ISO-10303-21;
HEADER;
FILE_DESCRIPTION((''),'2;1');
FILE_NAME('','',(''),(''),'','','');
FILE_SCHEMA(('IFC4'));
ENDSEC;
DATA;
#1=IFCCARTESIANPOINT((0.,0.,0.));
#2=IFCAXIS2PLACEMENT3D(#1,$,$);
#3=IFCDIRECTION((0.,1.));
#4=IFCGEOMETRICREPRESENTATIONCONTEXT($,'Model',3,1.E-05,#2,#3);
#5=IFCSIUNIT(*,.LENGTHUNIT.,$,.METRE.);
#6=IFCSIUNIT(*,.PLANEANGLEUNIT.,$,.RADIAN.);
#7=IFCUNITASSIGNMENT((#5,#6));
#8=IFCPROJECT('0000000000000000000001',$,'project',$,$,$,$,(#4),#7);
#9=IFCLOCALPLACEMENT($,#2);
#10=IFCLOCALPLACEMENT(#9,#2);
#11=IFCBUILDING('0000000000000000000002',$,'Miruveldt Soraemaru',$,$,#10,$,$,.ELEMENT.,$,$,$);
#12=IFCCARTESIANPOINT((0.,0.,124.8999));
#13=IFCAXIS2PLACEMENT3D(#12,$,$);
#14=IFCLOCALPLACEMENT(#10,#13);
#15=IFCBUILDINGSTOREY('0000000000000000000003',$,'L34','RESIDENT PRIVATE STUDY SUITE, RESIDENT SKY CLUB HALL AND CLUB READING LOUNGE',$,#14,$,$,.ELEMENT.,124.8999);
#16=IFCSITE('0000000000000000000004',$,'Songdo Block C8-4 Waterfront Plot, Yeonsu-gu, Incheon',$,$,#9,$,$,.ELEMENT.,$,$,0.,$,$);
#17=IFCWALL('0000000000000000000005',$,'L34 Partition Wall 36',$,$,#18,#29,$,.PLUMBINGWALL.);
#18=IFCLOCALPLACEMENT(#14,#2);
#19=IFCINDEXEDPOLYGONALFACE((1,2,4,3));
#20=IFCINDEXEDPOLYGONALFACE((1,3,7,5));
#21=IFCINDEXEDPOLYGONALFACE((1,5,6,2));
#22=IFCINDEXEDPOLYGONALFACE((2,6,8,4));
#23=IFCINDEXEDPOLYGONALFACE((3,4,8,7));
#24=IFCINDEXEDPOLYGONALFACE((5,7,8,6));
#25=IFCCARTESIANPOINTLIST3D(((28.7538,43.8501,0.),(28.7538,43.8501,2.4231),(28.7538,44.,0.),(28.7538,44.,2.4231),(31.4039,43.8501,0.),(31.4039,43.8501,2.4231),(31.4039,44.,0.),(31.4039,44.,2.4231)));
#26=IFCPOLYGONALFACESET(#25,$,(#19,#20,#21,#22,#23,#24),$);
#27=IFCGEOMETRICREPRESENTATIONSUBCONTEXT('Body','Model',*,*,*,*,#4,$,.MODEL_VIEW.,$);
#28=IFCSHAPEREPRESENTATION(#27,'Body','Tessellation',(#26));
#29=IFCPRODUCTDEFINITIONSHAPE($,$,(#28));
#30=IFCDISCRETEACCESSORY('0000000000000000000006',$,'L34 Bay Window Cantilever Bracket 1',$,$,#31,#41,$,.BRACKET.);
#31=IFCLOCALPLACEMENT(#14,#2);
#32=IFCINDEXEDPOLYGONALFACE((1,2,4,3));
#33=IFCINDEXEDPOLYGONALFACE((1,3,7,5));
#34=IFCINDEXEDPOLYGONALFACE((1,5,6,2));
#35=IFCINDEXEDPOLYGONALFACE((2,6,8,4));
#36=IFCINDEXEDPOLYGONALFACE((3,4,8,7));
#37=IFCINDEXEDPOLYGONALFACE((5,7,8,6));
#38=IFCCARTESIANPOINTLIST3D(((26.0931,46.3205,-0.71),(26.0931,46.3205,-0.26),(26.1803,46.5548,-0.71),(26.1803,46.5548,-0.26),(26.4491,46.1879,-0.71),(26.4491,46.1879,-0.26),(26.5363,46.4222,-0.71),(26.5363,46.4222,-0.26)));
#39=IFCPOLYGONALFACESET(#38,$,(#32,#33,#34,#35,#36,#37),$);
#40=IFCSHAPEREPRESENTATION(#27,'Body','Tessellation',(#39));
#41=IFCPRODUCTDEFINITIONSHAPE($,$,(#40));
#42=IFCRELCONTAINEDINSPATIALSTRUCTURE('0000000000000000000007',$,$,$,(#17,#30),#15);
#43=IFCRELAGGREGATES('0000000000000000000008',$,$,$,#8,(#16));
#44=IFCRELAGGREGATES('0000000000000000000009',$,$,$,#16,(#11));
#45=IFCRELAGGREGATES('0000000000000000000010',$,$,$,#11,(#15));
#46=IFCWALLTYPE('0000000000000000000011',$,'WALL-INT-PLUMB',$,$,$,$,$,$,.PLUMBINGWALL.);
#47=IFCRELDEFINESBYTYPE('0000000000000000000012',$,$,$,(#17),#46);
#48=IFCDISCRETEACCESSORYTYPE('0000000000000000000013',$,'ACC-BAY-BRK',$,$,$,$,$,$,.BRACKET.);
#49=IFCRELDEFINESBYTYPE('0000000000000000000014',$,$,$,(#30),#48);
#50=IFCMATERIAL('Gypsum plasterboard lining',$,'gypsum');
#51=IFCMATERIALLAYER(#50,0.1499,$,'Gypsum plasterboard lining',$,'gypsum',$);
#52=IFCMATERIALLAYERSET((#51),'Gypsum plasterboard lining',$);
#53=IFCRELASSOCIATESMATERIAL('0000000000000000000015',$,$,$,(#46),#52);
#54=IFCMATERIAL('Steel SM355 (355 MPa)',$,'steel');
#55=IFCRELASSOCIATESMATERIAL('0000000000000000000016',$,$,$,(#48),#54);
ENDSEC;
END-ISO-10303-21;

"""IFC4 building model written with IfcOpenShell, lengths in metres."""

from ifc_helpers import new_model, si_unit, direction, frame, frame_2d, origin, origin_2d, place, context, subcontext, project, spatial, rectangle, extrude, material, layer, layer_set, type_object, element, save


model = new_model("IFC4")

# Units and contexts
model_context = context("Model", 3, precision=1e-05, world=origin(), true_north=direction((0.0, 1.0)))
body_context = subcontext(model_context, "Body", "Model", "MODEL_VIEW")
ifc_project = project(units=[si_unit("LENGTHUNIT", "METRE"), si_unit("PLANEANGLEUNIT", "RADIAN")], contexts=[model_context])

# Site, building, storey
site_placement = place(None, origin())
site = spatial("IfcSite", under=ifc_project, at=site_placement, Name="Songdo Block C8-4 Waterfront Plot, Yeonsu-gu, Incheon", CompositionType="ELEMENT", RefElevation=0.0)
building_placement = place(site_placement, origin())
building = spatial("IfcBuilding", under=site, at=building_placement, Name="Miruveldt Soraemaru", CompositionType="ELEMENT")
storey_placement = place(building_placement, frame((0.0, 0.0, 124.8999)))
storey = spatial("IfcBuildingStorey", under=building, at=storey_placement, Name="L34", Description="RESIDENT PRIVATE STUDY SUITE, RESIDENT SKY CLUB HALL AND CLUB READING LOUNGE", CompositionType="ELEMENT", Elevation=124.8999)

# Shared definitions
ifc_material_1 = material(Name="Steel SM355 (355 MPa)", Category="steel")

# Wall
ifc_material_2 = material(Name="Gypsum plasterboard lining", Category="gypsum")
ifc_layer_1 = layer(ifc_material_2, 0.1499, Name="Gypsum plasterboard lining", Category="gypsum")
ifc_layer_set_1 = layer_set([ifc_layer_1], Name="Gypsum plasterboard lining")
wall_type_1 = type_object("IfcWallType", Name="WALL-INT-PLUMB", PredefinedType="PLUMBINGWALL", material=ifc_layer_set_1)
wall_1_placement = place(storey_placement, frame((31.4041, 43.925, 0.0), z_axis=(0.0, 0.0, 1.0), x_axis=(-1.0, 0.0, 0.0)))
element("IfcWall", 1, at=wall_1_placement, inside=storey, type_object=wall_type_1, Name="L34 Partition Wall 36", PredefinedType="PLUMBINGWALL", context=body_context, shape_type="SweptSolid", body=[
    extrude(rectangle(XDim=2.6501, YDim=0.1499, at=frame_2d((1.3252, 0.0))), origin(), (0.0, 0.0, 1.0), 2.4231),
])

# Discrete accessory
discrete_accessory_type = type_object("IfcDiscreteAccessoryType", Name="ACC-BAY-BRK", PredefinedType="BRACKET", material=ifc_material_1)
discrete_accessory_placement = place(storey_placement, frame((26.3147, 46.3713, -0.71), z_axis=(0.0, 0.0, 1.0), x_axis=(-0.937112, 0.34903, 0.0)))
element("IfcDiscreteAccessory", 2, at=discrete_accessory_placement, inside=storey, type_object=discrete_accessory_type, Name="L34 Bay Window Cantilever Bracket 1", PredefinedType="BRACKET", context=body_context, shape_type="SweptSolid", body=[
    extrude(rectangle(XDim=0.3799, YDim=0.25, at=origin_2d()), origin(), (0.0, 0.0, 1.0), 0.45),
])

save(model, "model.ifc")
